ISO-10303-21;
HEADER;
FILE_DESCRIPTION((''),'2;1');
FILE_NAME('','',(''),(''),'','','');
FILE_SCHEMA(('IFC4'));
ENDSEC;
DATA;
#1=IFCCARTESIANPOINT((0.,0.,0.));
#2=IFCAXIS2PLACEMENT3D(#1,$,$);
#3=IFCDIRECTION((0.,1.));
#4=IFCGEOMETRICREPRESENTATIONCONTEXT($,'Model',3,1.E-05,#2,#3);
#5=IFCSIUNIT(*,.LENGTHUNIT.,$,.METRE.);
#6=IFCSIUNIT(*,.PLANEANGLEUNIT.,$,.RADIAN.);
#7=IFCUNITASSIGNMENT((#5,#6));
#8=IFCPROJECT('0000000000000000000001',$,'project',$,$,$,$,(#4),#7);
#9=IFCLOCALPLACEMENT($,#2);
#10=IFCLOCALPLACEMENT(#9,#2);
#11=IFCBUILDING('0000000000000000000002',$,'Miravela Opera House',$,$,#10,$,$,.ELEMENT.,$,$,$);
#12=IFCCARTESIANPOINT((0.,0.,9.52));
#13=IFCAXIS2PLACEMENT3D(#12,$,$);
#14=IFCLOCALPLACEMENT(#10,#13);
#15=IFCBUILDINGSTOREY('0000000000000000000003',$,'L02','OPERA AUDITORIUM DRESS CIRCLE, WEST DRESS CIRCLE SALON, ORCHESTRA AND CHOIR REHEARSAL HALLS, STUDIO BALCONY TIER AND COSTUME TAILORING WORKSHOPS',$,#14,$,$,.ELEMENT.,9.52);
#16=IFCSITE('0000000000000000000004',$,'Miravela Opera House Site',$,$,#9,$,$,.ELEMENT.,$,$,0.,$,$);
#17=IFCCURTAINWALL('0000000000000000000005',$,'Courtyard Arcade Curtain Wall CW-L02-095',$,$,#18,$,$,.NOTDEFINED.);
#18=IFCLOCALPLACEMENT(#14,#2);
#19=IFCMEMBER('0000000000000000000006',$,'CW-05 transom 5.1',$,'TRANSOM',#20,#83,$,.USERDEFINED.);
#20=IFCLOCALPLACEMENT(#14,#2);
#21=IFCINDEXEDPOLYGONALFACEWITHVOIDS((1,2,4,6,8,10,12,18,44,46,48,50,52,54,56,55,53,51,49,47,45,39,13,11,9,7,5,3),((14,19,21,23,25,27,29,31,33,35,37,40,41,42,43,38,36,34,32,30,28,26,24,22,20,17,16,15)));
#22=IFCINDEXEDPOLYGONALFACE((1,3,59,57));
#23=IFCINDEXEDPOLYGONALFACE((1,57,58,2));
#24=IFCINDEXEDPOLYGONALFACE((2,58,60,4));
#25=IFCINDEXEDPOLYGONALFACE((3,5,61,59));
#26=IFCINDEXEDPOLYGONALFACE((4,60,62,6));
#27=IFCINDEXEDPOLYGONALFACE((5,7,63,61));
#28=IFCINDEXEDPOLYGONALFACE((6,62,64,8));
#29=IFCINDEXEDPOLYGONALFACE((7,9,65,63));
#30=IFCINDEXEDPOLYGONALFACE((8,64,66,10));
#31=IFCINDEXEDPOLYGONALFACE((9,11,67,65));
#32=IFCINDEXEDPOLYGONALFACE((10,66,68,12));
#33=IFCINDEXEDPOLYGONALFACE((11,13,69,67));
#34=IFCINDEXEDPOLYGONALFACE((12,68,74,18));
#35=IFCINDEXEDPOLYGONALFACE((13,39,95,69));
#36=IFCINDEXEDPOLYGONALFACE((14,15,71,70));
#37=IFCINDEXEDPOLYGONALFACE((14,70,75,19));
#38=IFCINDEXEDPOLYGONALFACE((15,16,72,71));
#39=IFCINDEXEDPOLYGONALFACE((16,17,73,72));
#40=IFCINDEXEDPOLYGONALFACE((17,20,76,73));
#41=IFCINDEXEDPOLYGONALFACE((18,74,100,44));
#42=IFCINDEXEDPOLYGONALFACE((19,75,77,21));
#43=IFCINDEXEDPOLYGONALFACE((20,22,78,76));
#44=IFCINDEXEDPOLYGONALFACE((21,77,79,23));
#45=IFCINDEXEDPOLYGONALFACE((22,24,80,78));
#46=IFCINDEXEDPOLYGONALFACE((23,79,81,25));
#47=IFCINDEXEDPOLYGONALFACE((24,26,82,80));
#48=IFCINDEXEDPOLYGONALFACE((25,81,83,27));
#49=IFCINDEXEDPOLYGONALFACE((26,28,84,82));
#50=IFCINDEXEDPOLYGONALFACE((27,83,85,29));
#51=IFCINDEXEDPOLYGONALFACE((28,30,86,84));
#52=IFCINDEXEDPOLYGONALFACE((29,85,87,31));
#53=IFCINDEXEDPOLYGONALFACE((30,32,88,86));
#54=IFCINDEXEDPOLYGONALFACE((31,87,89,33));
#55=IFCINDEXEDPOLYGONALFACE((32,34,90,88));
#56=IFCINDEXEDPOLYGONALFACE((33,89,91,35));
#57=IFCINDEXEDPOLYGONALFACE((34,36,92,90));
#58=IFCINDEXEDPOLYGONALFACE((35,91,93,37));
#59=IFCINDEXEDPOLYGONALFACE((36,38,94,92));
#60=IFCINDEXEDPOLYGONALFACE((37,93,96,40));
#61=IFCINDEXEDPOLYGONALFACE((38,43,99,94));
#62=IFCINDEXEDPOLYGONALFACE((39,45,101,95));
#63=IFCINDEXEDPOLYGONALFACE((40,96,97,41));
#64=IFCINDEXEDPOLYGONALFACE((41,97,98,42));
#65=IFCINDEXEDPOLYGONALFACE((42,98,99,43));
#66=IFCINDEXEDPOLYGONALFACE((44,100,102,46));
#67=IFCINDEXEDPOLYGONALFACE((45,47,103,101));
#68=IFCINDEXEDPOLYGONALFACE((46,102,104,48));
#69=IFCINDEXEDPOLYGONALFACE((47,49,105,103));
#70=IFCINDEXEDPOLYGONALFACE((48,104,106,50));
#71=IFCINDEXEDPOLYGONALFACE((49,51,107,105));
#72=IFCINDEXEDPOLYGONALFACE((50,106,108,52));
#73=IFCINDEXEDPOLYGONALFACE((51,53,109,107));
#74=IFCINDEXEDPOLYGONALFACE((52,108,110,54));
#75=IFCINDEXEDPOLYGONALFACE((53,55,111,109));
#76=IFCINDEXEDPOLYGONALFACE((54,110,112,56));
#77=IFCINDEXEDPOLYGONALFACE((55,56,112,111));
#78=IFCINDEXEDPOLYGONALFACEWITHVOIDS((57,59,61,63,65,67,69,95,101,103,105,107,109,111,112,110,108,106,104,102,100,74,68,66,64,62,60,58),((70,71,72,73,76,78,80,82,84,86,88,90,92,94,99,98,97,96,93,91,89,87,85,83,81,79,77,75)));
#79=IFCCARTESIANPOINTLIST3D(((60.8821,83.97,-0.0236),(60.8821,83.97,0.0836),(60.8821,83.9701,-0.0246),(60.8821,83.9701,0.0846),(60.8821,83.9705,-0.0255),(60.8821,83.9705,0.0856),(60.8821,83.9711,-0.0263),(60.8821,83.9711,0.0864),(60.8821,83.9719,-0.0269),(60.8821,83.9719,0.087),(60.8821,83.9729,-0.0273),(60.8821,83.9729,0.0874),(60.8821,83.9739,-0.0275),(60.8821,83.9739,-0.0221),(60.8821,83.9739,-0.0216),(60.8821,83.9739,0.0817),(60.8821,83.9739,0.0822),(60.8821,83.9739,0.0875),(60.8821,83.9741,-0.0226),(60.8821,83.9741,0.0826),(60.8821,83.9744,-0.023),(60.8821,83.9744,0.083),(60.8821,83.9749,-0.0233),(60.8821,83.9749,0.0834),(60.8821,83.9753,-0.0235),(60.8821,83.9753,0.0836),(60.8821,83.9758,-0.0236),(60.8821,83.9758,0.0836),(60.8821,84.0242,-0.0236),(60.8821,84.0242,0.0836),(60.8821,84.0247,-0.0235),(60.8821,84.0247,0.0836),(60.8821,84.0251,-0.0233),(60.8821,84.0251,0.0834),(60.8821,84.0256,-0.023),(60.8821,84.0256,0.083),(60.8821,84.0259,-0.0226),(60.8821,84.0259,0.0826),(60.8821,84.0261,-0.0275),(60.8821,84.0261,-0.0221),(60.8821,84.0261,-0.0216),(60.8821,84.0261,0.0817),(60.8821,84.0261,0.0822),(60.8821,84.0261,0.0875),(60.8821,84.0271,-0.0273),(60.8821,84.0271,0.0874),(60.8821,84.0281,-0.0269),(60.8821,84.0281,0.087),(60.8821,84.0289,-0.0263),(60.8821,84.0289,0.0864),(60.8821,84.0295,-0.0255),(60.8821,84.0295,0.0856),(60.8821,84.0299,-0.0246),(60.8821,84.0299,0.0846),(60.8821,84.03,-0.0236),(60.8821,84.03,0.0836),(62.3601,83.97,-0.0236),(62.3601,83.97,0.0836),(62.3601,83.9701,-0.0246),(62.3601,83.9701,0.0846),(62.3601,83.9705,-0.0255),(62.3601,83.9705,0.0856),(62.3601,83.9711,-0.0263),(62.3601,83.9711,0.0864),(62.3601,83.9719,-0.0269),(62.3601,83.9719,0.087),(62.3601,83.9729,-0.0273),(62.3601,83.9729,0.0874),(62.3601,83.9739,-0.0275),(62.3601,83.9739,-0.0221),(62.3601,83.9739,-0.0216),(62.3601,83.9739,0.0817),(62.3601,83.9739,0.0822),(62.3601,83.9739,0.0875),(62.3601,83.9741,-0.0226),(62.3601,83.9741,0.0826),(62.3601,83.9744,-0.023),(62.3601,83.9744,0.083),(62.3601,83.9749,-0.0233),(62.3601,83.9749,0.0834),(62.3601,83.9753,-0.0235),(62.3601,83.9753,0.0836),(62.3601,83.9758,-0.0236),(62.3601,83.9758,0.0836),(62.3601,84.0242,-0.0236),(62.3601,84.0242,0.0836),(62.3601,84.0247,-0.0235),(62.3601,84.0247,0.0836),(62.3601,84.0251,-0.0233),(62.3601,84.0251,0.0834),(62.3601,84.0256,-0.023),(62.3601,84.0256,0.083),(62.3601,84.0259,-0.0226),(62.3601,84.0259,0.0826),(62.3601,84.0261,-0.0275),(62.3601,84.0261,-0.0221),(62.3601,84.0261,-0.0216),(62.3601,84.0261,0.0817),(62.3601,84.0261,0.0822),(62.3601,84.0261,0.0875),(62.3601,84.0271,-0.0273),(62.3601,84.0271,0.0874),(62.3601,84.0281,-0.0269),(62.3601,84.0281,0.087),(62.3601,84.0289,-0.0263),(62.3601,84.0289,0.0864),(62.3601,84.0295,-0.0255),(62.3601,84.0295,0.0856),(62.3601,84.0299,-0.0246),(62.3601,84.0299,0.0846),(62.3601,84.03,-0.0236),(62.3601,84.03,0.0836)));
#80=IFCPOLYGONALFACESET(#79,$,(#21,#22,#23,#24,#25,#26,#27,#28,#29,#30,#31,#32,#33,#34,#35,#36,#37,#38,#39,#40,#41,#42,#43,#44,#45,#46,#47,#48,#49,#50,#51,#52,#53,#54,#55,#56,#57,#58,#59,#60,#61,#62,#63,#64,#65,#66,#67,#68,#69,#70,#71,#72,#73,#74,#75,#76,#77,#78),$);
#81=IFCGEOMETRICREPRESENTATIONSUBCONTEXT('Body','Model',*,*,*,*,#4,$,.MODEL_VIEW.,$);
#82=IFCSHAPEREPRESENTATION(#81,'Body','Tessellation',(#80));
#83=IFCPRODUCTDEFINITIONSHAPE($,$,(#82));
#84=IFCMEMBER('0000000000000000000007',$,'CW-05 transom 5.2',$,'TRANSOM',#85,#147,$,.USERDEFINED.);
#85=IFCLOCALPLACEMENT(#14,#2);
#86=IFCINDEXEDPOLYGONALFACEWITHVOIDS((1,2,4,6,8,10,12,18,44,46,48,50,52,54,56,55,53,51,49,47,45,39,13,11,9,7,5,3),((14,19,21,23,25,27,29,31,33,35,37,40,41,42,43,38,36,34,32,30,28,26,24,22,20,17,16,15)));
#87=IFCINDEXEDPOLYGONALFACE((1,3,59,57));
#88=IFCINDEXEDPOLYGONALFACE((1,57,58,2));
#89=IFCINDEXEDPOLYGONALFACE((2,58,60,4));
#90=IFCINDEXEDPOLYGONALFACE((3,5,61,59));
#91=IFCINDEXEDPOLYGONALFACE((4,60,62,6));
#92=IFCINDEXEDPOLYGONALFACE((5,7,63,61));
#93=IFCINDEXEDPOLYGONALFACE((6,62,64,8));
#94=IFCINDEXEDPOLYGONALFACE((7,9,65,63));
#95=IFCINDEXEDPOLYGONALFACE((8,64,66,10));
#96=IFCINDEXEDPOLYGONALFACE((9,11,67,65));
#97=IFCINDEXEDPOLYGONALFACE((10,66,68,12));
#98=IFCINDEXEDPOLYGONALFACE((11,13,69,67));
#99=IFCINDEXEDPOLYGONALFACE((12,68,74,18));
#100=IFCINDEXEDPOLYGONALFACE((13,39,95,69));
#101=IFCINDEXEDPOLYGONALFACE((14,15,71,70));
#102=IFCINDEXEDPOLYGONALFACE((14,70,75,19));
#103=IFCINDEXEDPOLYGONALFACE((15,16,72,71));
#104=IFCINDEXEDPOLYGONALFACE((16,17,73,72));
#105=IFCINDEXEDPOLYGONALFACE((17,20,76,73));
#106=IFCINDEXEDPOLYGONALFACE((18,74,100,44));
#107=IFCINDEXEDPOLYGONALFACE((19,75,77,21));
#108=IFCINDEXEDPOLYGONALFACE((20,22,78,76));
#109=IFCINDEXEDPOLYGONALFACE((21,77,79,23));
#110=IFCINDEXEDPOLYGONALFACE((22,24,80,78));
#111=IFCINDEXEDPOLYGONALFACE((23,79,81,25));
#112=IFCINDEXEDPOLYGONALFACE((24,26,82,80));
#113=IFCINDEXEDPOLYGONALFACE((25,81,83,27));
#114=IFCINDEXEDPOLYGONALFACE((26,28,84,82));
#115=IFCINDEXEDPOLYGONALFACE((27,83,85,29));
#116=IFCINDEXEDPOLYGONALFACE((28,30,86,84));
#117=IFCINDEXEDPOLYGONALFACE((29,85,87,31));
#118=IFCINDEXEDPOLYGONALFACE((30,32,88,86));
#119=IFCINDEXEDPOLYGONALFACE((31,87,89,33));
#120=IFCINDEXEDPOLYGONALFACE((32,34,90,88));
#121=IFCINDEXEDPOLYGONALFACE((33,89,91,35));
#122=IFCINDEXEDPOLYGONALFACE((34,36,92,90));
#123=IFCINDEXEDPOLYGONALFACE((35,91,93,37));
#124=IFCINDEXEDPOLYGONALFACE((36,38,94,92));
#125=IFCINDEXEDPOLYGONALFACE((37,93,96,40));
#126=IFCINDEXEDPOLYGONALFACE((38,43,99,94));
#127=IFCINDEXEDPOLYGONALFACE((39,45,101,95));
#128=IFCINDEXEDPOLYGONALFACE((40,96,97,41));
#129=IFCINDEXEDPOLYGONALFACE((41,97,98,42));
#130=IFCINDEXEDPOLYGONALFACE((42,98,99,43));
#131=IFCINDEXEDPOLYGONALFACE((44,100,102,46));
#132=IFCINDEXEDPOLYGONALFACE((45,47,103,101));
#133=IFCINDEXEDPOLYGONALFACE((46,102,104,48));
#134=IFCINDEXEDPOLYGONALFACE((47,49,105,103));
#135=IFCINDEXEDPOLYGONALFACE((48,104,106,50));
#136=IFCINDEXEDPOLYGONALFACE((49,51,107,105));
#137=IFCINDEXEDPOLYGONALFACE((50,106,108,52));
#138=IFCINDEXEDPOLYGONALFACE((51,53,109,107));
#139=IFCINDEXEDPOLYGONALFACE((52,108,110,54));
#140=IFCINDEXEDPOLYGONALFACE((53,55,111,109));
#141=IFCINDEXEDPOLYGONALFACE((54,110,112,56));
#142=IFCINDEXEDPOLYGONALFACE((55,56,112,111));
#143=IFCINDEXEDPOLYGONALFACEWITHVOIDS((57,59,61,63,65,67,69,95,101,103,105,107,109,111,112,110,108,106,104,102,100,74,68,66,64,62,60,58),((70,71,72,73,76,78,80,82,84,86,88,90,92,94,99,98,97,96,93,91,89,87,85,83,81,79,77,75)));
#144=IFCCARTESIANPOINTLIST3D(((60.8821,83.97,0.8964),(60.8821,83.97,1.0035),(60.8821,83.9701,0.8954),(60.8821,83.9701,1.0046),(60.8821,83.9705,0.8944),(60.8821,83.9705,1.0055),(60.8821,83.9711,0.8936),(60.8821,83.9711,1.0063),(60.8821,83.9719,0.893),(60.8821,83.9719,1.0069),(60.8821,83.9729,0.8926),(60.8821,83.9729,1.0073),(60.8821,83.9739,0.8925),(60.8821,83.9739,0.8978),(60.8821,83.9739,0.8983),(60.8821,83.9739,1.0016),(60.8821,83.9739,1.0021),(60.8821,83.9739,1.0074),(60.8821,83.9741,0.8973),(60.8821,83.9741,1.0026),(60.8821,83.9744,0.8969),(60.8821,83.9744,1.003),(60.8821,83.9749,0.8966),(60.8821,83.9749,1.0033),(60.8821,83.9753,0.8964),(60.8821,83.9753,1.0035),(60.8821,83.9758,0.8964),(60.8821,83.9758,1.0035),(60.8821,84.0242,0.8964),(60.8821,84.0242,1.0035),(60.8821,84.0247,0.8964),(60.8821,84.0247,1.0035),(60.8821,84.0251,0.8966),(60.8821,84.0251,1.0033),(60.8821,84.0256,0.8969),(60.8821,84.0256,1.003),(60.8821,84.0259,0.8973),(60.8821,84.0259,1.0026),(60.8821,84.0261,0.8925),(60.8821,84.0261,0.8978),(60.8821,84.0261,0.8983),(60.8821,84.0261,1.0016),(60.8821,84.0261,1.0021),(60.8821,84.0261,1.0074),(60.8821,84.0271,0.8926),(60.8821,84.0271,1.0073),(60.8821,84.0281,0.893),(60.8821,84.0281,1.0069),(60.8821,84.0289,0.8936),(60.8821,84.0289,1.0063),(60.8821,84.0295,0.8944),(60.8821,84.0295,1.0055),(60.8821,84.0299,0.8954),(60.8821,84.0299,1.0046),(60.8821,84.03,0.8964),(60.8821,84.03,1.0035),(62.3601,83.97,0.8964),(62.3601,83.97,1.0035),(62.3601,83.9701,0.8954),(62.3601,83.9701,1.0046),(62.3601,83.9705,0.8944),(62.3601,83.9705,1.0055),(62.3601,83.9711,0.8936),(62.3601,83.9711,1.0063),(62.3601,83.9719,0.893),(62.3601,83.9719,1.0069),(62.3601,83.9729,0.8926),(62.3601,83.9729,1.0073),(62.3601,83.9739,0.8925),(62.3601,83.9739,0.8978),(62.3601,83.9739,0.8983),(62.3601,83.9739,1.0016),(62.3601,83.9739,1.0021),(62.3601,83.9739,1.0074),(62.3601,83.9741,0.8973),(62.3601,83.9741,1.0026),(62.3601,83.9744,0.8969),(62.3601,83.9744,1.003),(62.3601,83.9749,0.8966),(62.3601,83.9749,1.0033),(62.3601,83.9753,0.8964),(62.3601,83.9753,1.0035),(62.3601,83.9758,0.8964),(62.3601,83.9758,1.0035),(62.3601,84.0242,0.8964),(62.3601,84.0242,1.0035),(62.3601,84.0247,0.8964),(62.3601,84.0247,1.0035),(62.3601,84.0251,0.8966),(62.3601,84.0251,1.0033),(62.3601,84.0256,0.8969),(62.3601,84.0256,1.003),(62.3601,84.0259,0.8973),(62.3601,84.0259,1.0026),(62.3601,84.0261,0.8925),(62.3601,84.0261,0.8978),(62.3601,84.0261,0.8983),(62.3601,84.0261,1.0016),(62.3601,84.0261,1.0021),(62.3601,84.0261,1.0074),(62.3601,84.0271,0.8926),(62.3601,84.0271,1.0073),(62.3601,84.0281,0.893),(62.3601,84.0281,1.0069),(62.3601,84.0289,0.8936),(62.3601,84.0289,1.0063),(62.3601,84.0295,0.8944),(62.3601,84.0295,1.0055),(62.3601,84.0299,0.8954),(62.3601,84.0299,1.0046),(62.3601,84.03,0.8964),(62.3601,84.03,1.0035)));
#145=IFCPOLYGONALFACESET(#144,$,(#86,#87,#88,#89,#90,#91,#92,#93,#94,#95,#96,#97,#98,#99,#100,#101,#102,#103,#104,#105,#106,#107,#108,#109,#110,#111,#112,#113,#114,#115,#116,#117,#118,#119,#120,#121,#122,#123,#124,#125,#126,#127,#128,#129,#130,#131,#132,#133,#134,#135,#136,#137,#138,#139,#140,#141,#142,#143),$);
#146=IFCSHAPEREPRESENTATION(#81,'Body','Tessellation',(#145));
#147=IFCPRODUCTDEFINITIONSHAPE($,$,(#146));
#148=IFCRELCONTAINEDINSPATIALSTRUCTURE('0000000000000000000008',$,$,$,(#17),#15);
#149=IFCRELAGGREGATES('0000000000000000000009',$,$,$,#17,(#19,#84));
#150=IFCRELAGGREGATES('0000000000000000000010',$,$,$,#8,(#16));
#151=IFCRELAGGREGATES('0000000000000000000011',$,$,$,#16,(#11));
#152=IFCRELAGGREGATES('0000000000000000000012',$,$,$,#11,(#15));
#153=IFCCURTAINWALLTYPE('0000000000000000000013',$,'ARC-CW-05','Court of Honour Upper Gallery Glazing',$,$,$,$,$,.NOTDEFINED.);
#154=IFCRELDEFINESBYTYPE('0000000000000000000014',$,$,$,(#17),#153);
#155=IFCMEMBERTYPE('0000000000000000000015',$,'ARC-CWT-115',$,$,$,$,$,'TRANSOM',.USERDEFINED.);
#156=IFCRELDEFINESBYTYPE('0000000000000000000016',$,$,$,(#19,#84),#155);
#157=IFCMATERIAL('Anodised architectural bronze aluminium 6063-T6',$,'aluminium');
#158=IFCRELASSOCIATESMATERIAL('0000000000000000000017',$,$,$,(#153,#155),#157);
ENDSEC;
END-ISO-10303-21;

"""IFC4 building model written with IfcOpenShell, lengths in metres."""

from ifc_helpers import new_model, si_unit, direction, frame, origin, origin_2d, place, context, subcontext, project, spatial, hollow_rectangle, extrude, material, material_profile, profile_set, type_object, element, aggregate, save


model = new_model("IFC4")

# Units and contexts
model_context = context("Model", 3, precision=1e-05, world=origin(), true_north=direction((0.0, 1.0)))
body_context = subcontext(model_context, "Body", "Model", "MODEL_VIEW")
ifc_project = project(units=[si_unit("LENGTHUNIT", "METRE"), si_unit("PLANEANGLEUNIT", "RADIAN")], contexts=[model_context])

# Site, building, storey
site_placement = place(None, origin())
site = spatial("IfcSite", under=ifc_project, at=site_placement, Name="Miravela Opera House Site", CompositionType="ELEMENT", RefElevation=0.0)
building_placement = place(site_placement, origin())
building = spatial("IfcBuilding", under=site, at=building_placement, Name="Miravela Opera House", CompositionType="ELEMENT")
storey_placement = place(building_placement, frame((0.0, 0.0, 9.52)))
storey = spatial("IfcBuildingStorey", under=building, at=storey_placement, Name="L02", Description="OPERA AUDITORIUM DRESS CIRCLE, WEST DRESS CIRCLE SALON, ORCHESTRA AND CHOIR REHEARSAL HALLS, STUDIO BALCONY TIER AND COSTUME TAILORING WORKSHOPS", CompositionType="ELEMENT", Elevation=9.52)

# Curtain wall
ifc_material_1 = material(Name="Anodised architectural bronze aluminium 6063-T6", Category="aluminium")
curtain_wall_type = type_object("IfcCurtainWallType", Name="ARC-CW-05", Description="Court of Honour Upper Gallery Glazing", PredefinedType="NOTDEFINED", material=ifc_material_1)
curtain_wall_1_placement = place(storey_placement, origin())
curtain_wall_1 = element("IfcCurtainWall", 1, at=curtain_wall_1_placement, inside=storey, type_object=curtain_wall_type, Name="Courtyard Arcade Curtain Wall CW-L02-095", PredefinedType="NOTDEFINED")

# Members
ifc_material_profile_1 = material_profile(ifc_material_1, hollow_rectangle(XDim=0.0601, YDim=0.115, WallThickness=0.0039, InnerFilletRadius=0.002, OuterFilletRadius=0.0039, at=origin_2d()), Name="CWT-60X115")
ifc_profile_set_1 = profile_set([ifc_material_profile_1])
member_type_1 = type_object("IfcMemberType", Name="ARC-CWT-115", ElementType="TRANSOM", PredefinedType="USERDEFINED", material=ifc_profile_set_1)
member_1_placement = place(storey_placement, frame((60.8821, 84.0, 0.03), z_axis=(1.0, 0.0, 0.0), x_axis=(0.0, 1.0, 0.0)))
member_1 = element("IfcMember", 2, at=member_1_placement, type_object=member_type_1, Name="CW-05 transom 5.1", ObjectType="TRANSOM", PredefinedType="USERDEFINED", context=body_context, shape_type="SweptSolid", body=[
    extrude(hollow_rectangle(XDim=0.0601, YDim=0.115, WallThickness=0.0039, InnerFilletRadius=0.002, OuterFilletRadius=0.0039, at=origin_2d()), origin(), (0.0, 0.0, 1.0), 1.478),
])
member_2_placement = place(storey_placement, frame((60.8821, 84.0, 0.95), z_axis=(1.0, 0.0, 0.0), x_axis=(0.0, 1.0, 0.0)))
member_2 = element("IfcMember", 3, at=member_2_placement, type_object=member_type_1, Name="CW-05 transom 5.2", ObjectType="TRANSOM", PredefinedType="USERDEFINED", context=body_context, shape_type="SweptSolid", body=[
    extrude(hollow_rectangle(XDim=0.0601, YDim=0.115, WallThickness=0.0039, InnerFilletRadius=0.002, OuterFilletRadius=0.0039, at=origin_2d()), origin(), (0.0, 0.0, 1.0), 1.478),
])

aggregate(curtain_wall_1, [member_1, member_2])

save(model, "model.ifc")
